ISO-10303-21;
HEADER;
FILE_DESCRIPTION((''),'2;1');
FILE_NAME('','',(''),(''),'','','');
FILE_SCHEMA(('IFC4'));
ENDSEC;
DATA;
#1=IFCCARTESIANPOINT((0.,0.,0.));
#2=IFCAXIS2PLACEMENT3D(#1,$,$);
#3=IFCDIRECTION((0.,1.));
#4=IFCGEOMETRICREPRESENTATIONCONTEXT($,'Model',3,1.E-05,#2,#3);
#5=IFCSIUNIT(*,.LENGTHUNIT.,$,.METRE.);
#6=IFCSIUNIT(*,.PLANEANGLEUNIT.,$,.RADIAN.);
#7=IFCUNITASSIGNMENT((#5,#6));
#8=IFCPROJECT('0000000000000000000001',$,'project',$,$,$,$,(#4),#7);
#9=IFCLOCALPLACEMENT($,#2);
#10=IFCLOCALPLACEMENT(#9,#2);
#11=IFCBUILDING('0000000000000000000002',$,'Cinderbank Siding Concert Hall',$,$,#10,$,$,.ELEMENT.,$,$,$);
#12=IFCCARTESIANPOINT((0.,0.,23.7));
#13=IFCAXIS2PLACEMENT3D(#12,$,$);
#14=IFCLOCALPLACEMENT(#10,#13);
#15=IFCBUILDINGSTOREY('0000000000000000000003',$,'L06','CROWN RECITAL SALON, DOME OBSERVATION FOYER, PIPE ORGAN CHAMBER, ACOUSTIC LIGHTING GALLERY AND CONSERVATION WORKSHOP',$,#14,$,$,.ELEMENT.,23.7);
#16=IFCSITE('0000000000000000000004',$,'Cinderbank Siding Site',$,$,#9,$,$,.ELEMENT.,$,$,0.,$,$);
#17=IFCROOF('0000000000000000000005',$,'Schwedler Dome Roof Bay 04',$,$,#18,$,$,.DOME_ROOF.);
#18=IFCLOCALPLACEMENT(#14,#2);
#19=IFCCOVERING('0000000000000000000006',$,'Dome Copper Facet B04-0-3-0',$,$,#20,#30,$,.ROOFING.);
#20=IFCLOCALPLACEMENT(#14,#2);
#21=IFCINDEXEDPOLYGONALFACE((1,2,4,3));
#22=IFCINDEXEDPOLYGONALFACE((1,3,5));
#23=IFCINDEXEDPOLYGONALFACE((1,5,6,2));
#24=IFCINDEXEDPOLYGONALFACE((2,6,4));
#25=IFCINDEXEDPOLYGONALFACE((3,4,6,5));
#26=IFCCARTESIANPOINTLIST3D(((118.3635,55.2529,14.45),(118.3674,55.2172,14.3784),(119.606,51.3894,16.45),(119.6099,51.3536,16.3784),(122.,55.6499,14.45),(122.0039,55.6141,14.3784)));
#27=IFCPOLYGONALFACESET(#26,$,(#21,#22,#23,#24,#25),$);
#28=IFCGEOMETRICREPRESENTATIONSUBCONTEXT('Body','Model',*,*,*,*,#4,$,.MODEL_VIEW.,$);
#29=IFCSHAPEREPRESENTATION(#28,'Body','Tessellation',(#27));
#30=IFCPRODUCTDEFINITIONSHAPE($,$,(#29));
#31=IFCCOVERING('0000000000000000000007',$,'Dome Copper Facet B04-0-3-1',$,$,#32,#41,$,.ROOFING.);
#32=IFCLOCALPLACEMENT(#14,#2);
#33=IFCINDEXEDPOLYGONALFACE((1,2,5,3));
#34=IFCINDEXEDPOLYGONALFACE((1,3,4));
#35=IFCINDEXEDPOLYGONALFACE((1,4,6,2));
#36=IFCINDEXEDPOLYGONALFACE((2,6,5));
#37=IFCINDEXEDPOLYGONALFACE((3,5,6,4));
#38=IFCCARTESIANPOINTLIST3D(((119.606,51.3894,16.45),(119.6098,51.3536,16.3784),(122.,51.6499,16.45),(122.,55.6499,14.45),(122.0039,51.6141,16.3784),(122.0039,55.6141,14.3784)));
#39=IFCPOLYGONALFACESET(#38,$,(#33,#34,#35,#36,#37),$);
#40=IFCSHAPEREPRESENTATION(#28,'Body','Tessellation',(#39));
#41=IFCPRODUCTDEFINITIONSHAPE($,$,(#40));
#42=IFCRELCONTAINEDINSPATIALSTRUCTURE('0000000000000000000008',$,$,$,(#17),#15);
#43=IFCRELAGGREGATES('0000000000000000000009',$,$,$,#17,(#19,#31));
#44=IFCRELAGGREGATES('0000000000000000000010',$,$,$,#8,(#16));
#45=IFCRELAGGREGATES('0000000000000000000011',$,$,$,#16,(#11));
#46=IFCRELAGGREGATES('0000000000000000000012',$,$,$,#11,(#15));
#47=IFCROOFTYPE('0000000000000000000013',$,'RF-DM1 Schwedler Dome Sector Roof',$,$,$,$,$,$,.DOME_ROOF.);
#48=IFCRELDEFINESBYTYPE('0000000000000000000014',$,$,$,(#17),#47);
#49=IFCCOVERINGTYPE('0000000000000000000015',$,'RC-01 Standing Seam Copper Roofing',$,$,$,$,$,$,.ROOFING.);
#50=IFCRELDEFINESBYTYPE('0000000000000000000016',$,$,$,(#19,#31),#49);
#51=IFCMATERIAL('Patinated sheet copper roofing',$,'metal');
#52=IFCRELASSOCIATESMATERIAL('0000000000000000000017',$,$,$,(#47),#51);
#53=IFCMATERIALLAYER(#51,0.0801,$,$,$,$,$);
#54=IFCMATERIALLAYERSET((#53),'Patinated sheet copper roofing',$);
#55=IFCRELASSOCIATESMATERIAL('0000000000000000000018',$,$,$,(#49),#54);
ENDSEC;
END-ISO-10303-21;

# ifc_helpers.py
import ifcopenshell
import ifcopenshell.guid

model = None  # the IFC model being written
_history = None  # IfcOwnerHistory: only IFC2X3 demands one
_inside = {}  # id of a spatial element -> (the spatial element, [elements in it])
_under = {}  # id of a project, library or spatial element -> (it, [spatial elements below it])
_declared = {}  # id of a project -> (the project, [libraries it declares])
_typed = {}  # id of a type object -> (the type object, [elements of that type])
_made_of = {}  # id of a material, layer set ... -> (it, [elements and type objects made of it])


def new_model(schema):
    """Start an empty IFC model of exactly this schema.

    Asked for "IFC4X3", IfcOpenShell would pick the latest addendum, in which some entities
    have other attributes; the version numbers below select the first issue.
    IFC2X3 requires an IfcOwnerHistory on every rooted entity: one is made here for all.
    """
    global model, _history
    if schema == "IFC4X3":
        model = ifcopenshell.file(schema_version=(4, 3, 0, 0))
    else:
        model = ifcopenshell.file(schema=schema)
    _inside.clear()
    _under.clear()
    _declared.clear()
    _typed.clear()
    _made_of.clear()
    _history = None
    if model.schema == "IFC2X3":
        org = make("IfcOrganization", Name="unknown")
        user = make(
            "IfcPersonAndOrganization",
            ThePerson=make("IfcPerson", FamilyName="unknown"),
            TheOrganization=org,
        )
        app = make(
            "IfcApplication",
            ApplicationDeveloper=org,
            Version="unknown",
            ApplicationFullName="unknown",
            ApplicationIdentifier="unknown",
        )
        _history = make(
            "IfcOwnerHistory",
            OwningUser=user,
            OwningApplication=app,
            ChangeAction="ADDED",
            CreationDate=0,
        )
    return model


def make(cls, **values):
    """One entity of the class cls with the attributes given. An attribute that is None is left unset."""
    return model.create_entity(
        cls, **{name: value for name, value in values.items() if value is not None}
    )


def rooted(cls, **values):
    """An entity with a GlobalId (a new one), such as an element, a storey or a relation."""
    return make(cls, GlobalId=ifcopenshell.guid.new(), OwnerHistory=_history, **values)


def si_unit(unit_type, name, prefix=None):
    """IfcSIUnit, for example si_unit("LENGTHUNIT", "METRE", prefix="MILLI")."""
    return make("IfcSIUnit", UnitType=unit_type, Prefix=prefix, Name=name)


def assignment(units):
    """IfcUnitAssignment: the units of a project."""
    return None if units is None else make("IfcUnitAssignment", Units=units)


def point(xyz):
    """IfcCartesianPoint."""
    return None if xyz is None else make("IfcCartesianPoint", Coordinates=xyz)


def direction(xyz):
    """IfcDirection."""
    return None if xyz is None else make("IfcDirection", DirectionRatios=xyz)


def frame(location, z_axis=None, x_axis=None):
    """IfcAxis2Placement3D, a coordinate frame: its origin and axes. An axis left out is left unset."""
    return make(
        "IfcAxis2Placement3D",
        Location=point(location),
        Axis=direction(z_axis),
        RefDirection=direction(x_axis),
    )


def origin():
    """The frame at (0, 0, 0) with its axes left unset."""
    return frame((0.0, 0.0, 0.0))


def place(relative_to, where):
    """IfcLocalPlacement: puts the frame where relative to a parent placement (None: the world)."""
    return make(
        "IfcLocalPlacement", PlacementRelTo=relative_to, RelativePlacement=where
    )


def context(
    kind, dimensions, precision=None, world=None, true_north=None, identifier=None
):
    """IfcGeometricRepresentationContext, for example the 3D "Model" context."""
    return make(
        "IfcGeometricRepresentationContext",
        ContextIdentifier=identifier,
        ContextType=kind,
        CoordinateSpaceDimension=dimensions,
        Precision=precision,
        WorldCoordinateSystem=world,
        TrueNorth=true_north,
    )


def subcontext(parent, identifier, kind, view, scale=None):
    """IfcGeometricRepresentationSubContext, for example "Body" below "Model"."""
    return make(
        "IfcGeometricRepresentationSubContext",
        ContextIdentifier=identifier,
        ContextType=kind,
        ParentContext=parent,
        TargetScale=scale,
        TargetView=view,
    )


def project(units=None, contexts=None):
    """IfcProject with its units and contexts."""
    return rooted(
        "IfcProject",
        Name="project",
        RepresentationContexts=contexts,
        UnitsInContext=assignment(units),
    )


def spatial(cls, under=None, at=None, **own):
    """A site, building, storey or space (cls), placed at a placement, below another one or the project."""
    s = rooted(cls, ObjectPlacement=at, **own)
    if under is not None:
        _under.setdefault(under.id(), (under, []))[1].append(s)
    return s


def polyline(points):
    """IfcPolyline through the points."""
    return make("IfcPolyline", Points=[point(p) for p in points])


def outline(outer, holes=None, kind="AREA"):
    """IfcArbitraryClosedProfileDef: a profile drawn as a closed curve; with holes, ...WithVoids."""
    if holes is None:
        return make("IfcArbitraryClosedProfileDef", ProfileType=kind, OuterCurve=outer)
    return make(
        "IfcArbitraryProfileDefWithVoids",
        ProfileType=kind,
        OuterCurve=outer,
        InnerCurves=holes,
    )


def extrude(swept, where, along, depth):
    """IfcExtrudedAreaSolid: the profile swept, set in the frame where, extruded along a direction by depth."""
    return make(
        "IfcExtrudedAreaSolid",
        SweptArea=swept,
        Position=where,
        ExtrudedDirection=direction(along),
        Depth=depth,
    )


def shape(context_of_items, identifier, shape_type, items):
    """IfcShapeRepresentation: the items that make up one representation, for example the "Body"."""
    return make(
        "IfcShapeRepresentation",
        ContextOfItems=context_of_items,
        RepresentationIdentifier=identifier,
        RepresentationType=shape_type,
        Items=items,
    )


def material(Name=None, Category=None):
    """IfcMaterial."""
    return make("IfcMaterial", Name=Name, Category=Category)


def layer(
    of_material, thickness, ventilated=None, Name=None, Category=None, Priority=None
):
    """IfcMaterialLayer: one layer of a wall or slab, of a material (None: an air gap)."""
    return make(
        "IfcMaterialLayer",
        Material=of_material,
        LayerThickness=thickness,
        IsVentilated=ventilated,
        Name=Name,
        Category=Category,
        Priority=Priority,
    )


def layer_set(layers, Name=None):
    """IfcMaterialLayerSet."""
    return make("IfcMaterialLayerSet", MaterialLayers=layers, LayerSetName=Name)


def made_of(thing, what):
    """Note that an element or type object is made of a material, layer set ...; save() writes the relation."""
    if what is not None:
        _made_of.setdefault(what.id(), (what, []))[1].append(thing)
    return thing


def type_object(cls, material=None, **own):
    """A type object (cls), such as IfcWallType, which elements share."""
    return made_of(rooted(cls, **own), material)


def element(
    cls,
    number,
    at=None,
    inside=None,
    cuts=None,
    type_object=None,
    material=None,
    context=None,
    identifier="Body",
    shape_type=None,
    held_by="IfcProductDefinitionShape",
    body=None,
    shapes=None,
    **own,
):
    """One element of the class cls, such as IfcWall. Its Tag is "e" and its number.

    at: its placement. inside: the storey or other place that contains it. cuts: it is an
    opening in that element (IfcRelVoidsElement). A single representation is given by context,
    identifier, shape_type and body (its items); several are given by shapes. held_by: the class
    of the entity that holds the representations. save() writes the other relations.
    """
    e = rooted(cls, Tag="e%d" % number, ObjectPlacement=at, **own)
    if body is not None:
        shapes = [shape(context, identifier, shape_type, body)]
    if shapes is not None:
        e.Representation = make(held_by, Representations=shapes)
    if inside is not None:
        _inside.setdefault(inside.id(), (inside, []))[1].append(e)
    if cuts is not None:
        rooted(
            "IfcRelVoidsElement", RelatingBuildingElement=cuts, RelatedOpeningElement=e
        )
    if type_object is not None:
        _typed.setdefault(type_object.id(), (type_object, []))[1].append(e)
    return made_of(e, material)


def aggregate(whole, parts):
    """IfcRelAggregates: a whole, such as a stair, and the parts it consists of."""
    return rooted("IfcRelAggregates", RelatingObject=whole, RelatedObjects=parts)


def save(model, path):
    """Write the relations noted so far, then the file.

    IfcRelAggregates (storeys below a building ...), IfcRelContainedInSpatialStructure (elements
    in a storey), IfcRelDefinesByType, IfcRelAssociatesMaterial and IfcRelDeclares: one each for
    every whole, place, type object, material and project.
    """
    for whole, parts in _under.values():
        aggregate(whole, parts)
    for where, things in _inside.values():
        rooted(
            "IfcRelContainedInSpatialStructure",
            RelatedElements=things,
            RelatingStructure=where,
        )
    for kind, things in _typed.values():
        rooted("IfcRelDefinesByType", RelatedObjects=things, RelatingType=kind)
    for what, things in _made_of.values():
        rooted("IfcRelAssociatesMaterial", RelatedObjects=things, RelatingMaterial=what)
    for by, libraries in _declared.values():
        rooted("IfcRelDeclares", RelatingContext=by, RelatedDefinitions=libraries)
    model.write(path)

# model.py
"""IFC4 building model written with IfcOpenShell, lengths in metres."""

from ifc_helpers import new_model, si_unit, direction, frame, origin, place, context, subcontext, project, spatial, polyline, outline, extrude, material, layer, layer_set, type_object, element, aggregate, save


model = new_model("IFC4")

# Units and contexts
model_context = context("Model", 3, precision=1e-05, world=origin(), true_north=direction((0.0, 1.0)))
body_context = subcontext(model_context, "Body", "Model", "MODEL_VIEW")
ifc_project = project(units=[si_unit("LENGTHUNIT", "METRE"), si_unit("PLANEANGLEUNIT", "RADIAN")], contexts=[model_context])

# Site, building, storey
site_placement = place(None, origin())
site = spatial("IfcSite", under=ifc_project, at=site_placement, Name="Cinderbank Siding Site", CompositionType="ELEMENT", RefElevation=0.0)
building_placement = place(site_placement, origin())
building = spatial("IfcBuilding", under=site, at=building_placement, Name="Cinderbank Siding Concert Hall", CompositionType="ELEMENT")
storey_placement = place(building_placement, frame((0.0, 0.0, 23.7)))
storey = spatial("IfcBuildingStorey", under=building, at=storey_placement, Name="L06", Description="CROWN RECITAL SALON, DOME OBSERVATION FOYER, PIPE ORGAN CHAMBER, ACOUSTIC LIGHTING GALLERY AND CONSERVATION WORKSHOP", CompositionType="ELEMENT", Elevation=23.7)

# Roof, coverings
ifc_material_1 = material(Name="Patinated sheet copper roofing", Category="metal")
roof_type = type_object("IfcRoofType", Name="RF-DM1 Schwedler Dome Sector Roof", PredefinedType="DOME_ROOF", material=ifc_material_1)
roof_placement = place(storey_placement, origin())
roof = element("IfcRoof", 1, at=roof_placement, inside=storey, type_object=roof_type, Name="Schwedler Dome Roof Bay 04", PredefinedType="DOME_ROOF")
ifc_layer_1 = layer(ifc_material_1, 0.0801)
ifc_layer_set_1 = layer_set([ifc_layer_1], Name="Patinated sheet copper roofing")
covering_type = type_object("IfcCoveringType", Name="RC-01 Standing Seam Copper Roofing", PredefinedType="ROOFING", material=ifc_layer_set_1)
covering_1_placement = place(storey_placement, frame((122.0, 55.6499, 14.45), z_axis=(-0.04877, 0.446757, 0.893325), x_axis=(-0.994094, -0.108519, 0.0)))
covering_1 = element("IfcCovering", 2, at=covering_1_placement, type_object=covering_type, Name="Dome Copper Facet B04-0-3-0", PredefinedType="ROOFING", context=body_context, shape_type="SweptSolid", body=[
    extrude(outline(polyline([(0.0, 0.0), (3.6581, 0.0), (2.8423, 4.4503), (0.0, 0.0)])), origin(), (0.0, 0.0, -1.0), 0.0801),
])
covering_2_placement = place(storey_placement, frame((122.0, 55.6499, 14.45), z_axis=(-0.048604, 0.446685, 0.89337), x_axis=(-0.453378, -0.806842, 0.378755)))
covering_2 = element("IfcCovering", 3, at=covering_2_placement, type_object=covering_type, Name="Dome Copper Facet B04-0-3-1", PredefinedType="ROOFING", context=body_context, shape_type="SweptSolid", body=[
    extrude(outline(polyline([(0.0, 0.0), (5.2805, 0.0), (3.9849, 2.03), (0.0, 0.0)])), origin(), (0.0, 0.0, -1.0), 0.0801),
])
aggregate(roof, [covering_1, covering_2])

save(model, "model.ifc")
